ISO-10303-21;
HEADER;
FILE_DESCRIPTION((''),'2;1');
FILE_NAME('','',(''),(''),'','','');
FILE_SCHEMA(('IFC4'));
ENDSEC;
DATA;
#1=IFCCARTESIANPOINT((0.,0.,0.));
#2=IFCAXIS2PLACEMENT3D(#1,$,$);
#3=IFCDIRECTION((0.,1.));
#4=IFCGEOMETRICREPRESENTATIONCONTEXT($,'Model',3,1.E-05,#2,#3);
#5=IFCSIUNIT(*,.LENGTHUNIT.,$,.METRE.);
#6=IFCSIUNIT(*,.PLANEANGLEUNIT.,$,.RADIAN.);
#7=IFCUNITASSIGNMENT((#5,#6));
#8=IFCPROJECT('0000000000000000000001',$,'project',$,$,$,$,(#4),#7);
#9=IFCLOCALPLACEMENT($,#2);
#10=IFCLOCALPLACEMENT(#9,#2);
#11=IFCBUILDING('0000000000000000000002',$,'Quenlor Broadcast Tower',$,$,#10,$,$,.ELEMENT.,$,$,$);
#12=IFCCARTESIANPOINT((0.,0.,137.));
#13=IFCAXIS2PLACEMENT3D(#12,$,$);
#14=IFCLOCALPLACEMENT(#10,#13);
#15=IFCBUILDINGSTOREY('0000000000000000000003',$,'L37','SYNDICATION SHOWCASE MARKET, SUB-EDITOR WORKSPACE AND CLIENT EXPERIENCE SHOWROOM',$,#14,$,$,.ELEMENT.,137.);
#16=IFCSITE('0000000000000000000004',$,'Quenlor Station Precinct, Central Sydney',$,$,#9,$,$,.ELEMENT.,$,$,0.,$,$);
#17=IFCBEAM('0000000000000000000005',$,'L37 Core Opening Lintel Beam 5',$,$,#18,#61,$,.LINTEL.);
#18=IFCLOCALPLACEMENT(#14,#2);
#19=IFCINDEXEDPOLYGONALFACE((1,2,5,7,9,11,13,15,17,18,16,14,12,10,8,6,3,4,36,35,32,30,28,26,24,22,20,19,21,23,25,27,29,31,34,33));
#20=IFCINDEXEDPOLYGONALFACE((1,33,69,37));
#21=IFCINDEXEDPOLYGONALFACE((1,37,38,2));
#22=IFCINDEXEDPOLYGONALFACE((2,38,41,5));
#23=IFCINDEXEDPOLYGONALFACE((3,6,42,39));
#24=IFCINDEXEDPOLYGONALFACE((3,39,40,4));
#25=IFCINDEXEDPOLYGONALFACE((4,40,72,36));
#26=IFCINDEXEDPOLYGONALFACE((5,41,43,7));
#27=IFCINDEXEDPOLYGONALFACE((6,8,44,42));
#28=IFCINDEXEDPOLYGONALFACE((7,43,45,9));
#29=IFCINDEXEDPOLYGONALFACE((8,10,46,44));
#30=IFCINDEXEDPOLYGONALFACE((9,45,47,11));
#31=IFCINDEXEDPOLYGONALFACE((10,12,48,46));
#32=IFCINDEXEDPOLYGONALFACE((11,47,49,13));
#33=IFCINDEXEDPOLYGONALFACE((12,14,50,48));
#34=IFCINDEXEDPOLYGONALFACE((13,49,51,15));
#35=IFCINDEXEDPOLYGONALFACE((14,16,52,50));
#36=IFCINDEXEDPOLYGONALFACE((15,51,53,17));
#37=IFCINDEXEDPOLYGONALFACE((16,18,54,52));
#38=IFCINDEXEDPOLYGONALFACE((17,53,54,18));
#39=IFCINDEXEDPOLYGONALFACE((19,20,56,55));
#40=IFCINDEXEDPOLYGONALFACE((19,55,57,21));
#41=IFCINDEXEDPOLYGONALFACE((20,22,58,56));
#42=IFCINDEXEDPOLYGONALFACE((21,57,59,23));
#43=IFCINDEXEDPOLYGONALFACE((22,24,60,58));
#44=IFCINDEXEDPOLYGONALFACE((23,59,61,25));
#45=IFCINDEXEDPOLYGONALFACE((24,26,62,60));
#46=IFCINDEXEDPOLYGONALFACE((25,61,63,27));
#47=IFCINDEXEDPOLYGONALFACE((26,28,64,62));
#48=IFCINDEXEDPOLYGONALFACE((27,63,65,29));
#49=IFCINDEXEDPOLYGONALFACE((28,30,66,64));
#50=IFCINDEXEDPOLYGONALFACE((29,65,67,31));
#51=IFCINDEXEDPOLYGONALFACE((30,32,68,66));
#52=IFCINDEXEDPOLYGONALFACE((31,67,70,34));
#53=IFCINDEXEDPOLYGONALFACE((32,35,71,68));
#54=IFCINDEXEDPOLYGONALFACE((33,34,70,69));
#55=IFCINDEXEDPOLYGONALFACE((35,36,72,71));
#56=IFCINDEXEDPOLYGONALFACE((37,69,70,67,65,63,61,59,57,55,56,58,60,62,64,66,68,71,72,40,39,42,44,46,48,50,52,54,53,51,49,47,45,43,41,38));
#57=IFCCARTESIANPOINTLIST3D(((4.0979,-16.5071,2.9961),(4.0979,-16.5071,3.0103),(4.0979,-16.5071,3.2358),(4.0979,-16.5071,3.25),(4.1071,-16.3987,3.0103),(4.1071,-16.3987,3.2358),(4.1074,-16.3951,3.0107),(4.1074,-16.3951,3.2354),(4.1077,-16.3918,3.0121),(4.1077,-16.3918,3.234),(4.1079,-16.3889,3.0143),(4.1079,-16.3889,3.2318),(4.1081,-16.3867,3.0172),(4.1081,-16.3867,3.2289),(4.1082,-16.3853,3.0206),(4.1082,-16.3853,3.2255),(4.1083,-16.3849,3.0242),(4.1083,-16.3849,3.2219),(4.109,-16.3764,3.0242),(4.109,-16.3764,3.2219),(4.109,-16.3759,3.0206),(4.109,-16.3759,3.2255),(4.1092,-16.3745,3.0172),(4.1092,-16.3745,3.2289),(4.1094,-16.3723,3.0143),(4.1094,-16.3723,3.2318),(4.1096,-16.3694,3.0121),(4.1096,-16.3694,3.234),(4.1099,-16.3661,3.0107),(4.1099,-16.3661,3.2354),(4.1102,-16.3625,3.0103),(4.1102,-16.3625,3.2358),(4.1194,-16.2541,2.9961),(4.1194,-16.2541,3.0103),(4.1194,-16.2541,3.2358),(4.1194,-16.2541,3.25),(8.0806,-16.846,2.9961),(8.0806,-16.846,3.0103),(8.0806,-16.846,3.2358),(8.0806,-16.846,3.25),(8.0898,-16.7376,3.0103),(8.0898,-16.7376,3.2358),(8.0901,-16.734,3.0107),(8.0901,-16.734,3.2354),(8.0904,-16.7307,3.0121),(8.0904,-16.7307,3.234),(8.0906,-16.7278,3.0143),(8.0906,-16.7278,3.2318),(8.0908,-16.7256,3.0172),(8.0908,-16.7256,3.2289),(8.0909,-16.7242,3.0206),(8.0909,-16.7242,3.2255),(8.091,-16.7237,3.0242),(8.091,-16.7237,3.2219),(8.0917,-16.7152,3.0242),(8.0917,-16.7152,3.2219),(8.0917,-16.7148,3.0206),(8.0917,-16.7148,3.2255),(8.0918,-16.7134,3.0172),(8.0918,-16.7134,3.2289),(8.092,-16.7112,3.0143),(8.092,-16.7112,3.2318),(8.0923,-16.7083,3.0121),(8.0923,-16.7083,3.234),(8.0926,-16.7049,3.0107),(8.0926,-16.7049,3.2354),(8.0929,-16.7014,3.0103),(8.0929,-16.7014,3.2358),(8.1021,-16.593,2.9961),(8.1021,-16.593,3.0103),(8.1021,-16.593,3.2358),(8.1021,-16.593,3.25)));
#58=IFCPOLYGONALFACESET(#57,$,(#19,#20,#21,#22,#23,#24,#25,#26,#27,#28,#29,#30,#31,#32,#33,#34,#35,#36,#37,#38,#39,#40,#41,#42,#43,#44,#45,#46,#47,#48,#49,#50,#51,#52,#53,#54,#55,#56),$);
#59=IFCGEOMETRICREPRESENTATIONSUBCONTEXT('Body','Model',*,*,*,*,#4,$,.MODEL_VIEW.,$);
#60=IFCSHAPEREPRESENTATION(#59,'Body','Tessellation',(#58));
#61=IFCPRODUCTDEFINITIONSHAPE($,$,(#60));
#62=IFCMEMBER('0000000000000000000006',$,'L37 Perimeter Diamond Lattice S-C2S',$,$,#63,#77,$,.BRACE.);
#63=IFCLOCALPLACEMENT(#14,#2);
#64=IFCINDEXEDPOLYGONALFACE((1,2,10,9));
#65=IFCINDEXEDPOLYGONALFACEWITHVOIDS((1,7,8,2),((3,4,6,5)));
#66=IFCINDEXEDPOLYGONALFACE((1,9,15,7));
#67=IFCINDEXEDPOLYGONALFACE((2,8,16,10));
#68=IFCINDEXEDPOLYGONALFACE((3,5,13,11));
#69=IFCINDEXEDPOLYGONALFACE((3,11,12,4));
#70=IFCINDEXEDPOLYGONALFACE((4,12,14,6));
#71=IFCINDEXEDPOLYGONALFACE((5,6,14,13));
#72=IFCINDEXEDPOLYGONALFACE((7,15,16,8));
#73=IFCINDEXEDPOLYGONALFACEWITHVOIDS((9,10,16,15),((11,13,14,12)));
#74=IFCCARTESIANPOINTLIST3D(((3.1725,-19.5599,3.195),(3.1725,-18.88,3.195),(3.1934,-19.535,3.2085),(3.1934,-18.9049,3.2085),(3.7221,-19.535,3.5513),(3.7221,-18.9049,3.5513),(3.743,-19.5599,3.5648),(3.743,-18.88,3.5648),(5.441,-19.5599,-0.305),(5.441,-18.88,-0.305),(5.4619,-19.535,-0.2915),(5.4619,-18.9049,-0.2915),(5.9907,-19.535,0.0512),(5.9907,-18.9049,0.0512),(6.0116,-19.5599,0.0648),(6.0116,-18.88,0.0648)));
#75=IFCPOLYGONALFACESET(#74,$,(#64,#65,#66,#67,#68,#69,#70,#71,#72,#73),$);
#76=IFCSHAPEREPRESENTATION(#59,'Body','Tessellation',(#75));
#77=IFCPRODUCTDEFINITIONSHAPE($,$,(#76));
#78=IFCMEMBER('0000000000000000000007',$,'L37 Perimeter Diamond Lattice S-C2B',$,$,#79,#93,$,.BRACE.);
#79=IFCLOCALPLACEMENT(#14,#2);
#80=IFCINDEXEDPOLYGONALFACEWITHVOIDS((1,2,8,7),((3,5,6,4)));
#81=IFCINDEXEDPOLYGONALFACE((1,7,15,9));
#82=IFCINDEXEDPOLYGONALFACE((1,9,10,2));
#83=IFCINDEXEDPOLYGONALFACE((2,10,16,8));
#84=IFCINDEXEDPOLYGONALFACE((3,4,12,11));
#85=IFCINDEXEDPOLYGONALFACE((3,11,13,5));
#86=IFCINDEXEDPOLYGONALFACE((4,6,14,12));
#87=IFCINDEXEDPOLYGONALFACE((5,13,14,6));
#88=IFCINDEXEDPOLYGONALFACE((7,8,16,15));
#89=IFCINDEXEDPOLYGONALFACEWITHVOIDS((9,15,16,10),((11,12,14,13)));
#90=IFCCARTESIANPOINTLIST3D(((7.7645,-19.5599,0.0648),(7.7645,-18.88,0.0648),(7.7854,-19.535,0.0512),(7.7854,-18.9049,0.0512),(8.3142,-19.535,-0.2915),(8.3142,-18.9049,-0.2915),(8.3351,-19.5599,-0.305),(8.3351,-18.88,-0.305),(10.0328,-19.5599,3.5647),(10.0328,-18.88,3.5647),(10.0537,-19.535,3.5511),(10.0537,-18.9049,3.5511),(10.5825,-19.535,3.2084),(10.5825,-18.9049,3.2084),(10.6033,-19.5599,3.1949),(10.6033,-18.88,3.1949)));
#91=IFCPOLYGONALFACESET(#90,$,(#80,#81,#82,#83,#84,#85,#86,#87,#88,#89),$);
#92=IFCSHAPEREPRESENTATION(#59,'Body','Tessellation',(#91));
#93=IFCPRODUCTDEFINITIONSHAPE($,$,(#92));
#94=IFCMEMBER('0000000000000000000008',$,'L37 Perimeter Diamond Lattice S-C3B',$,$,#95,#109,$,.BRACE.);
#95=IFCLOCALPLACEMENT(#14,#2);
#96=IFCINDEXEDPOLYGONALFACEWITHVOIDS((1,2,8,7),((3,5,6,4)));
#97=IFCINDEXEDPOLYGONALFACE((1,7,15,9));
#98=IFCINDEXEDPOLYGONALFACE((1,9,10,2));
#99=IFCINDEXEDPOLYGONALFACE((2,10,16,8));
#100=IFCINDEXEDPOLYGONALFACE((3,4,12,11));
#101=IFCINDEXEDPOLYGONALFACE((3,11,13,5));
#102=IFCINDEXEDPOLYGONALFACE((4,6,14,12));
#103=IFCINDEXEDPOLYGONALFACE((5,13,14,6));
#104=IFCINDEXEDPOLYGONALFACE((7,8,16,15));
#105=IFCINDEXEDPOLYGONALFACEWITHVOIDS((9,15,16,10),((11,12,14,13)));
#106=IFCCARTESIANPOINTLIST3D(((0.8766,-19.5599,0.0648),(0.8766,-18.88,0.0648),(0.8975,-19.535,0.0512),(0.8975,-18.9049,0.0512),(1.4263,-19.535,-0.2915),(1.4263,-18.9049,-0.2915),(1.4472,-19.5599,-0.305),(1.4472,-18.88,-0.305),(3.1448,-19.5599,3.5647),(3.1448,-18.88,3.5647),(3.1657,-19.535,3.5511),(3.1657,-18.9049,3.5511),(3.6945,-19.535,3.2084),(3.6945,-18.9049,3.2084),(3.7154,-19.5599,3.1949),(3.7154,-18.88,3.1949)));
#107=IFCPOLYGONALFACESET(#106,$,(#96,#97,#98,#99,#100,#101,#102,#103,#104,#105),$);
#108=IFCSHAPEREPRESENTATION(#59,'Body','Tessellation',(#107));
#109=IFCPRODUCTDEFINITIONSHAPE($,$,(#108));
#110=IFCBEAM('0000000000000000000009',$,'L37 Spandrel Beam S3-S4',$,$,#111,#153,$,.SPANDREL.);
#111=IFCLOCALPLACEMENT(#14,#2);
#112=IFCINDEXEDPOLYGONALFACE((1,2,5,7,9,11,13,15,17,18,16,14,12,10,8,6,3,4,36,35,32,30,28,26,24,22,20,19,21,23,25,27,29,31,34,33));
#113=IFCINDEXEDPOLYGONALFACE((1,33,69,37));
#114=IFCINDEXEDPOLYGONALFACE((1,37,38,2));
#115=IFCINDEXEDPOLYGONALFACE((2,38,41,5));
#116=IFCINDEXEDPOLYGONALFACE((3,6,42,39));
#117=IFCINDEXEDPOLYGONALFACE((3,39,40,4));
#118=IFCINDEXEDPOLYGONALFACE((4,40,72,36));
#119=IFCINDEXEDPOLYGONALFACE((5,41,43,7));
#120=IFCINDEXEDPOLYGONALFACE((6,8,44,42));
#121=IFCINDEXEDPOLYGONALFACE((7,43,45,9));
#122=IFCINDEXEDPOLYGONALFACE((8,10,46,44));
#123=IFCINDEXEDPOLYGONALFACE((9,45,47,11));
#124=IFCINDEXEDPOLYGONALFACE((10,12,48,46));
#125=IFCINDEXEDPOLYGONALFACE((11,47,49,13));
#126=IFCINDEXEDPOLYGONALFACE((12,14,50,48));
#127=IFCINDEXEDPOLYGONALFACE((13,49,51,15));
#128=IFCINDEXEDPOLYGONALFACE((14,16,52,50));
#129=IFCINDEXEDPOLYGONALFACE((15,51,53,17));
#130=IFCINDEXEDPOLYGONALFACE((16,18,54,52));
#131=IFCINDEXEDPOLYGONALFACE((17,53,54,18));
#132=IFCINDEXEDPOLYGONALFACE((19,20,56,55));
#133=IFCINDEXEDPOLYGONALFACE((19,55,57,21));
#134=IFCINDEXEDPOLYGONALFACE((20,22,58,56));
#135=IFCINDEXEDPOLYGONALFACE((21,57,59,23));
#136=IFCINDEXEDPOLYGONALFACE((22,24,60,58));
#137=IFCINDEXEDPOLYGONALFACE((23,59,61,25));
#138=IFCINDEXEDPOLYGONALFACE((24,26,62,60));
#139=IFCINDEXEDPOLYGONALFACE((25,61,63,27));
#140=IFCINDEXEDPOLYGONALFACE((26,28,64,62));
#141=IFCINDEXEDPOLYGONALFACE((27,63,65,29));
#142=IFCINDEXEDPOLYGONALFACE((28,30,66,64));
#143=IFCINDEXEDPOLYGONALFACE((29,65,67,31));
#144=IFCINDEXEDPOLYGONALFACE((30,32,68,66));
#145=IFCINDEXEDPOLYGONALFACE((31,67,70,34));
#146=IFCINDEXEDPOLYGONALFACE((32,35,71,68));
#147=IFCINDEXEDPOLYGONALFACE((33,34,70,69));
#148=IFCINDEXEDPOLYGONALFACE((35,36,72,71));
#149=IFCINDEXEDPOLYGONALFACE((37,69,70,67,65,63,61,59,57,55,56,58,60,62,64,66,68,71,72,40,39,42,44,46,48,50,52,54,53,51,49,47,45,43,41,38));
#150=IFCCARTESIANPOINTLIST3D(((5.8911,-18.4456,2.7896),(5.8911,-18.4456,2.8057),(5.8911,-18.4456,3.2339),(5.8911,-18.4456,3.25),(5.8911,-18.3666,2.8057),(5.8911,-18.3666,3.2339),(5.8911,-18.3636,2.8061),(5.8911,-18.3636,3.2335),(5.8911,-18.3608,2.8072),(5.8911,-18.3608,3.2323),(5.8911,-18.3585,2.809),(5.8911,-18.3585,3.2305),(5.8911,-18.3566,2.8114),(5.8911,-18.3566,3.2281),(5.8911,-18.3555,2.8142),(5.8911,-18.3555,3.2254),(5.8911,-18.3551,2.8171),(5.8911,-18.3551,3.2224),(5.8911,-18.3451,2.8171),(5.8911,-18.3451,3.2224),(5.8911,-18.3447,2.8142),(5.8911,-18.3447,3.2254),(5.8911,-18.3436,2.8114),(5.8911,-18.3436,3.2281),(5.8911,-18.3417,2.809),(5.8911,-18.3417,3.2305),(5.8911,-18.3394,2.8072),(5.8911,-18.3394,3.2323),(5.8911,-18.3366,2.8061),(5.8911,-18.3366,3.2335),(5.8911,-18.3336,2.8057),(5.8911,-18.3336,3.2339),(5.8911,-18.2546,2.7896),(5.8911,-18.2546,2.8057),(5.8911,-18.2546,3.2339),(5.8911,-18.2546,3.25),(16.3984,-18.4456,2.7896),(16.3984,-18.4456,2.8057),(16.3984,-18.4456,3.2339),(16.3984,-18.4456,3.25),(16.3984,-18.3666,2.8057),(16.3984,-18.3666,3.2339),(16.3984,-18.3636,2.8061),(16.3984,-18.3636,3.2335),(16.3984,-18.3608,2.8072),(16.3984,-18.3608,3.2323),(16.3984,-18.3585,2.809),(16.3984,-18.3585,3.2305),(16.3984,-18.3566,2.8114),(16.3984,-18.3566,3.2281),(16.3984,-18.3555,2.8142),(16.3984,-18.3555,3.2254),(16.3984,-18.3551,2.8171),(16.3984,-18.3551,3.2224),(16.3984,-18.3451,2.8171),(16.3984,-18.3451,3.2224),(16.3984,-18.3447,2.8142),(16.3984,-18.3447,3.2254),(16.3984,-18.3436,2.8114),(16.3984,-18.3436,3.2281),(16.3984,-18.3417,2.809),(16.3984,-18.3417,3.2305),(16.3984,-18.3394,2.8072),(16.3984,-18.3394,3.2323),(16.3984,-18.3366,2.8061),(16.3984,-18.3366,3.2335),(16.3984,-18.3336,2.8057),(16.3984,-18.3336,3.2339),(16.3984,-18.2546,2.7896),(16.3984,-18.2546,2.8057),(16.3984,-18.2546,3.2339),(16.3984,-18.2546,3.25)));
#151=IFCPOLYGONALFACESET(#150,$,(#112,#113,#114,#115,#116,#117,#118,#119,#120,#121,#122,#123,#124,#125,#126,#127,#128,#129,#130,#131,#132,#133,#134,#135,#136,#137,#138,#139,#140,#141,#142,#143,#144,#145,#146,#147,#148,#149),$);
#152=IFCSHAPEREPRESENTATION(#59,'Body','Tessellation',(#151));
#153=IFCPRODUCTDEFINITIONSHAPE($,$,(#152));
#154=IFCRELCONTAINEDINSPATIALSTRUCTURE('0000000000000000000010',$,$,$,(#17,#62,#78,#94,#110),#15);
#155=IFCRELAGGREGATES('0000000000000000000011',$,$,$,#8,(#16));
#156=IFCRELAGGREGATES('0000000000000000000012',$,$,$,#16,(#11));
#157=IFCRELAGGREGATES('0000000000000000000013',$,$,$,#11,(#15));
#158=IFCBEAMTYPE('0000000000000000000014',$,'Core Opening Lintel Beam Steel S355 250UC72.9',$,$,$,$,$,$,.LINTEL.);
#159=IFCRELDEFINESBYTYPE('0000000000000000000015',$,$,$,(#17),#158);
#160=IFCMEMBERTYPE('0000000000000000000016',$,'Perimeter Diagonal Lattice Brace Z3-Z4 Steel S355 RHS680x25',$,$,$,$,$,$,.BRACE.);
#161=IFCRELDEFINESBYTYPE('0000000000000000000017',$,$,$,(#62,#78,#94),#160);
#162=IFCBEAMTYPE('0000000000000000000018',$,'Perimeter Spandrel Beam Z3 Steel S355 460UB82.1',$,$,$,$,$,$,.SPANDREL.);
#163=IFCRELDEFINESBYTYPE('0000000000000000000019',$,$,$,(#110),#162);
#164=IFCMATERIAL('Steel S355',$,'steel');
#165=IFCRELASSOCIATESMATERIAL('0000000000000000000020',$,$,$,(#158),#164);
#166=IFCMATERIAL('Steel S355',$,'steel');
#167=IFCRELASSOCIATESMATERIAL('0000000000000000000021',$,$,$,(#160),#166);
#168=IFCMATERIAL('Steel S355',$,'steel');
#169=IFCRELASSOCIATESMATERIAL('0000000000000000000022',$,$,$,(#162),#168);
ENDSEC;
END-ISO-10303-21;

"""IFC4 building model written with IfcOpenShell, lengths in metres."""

from ifc_helpers import new_model, si_unit, direction, frame, origin, origin_2d, place, context, subcontext, project, spatial, hollow_rectangle, i_section, extrude, material, material_profile, profile_set, type_object, element, save


model = new_model("IFC4")

# Units and contexts
model_context = context("Model", 3, precision=1e-05, world=origin(), true_north=direction((0.0, 1.0)))
body_context = subcontext(model_context, "Body", "Model", "MODEL_VIEW")
ifc_project = project(units=[si_unit("LENGTHUNIT", "METRE"), si_unit("PLANEANGLEUNIT", "RADIAN")], contexts=[model_context])

# Site, building, storey
site_placement = place(None, origin())
site = spatial("IfcSite", under=ifc_project, at=site_placement, Name="Quenlor Station Precinct, Central Sydney", CompositionType="ELEMENT", RefElevation=0.0)
building_placement = place(site_placement, origin())
building = spatial("IfcBuilding", under=site, at=building_placement, Name="Quenlor Broadcast Tower", CompositionType="ELEMENT")
storey_placement = place(building_placement, frame((0.0, 0.0, 137.0)))
storey = spatial("IfcBuildingStorey", under=building, at=storey_placement, Name="L37", Description="SYNDICATION SHOWCASE MARKET, SUB-EDITOR WORKSPACE AND CLIENT EXPERIENCE SHOWROOM", CompositionType="ELEMENT", Elevation=137.0)

# Beam
ifc_material_1 = material(Name="Steel S355", Category="steel")
ifc_material_profile_1 = material_profile(ifc_material_1, i_section(OverallWidth=0.2539, OverallDepth=0.2539, WebThickness=0.0085, FlangeThickness=0.0142, FilletRadius=0.0139, at=origin_2d()))
ifc_profile_set_1 = profile_set([ifc_material_profile_1], Name="Steel S355 250UC72.9")
beam_type_1 = type_object("IfcBeamType", Name="Core Opening Lintel Beam Steel S355 250UC72.9", PredefinedType="LINTEL", material=ifc_profile_set_1)
beam_1_placement = place(storey_placement, frame((4.1086, -16.3806, 3.123), z_axis=(0.9964, -0.084779, 0.0), x_axis=(0.084779, 0.9964, 0.0)))
element("IfcBeam", 1, at=beam_1_placement, inside=storey, type_object=beam_type_1, Name="L37 Core Opening Lintel Beam 5", PredefinedType="LINTEL", context=body_context, shape_type="SweptSolid", body=[
    extrude(i_section(OverallWidth=0.2539, OverallDepth=0.2539, WebThickness=0.0085, FlangeThickness=0.0142, FilletRadius=0.0139, at=origin_2d()), origin(), (0.0, 0.0, 1.0), 3.9971),
])

# Members
ifc_material_2 = material(Name="Steel S355", Category="steel")
ifc_material_profile_2 = material_profile(ifc_material_2, hollow_rectangle(XDim=0.6799, YDim=0.6799, WallThickness=0.0249, at=origin_2d()))
ifc_profile_set_2 = profile_set([ifc_material_profile_2], Name="Steel S355 RHS680x680x25")
member_type_1 = type_object("IfcMemberType", Name="Perimeter Diagonal Lattice Brace Z3-Z4 Steel S355 RHS680x25", PredefinedType="BRACE", material=ifc_profile_set_2)
member_1_placement = place(storey_placement, frame((5.7263, -19.22, -0.1201), z_axis=(-0.543902, 0.0, 0.839149), x_axis=(0.0, -1.0, 0.0)))
element("IfcMember", 2, at=member_1_placement, inside=storey, type_object=member_type_1, Name="L37 Perimeter Diamond Lattice S-C2S", PredefinedType="BRACE", context=body_context, shape_type="SweptSolid", body=[
    extrude(hollow_rectangle(XDim=0.6799, YDim=0.6799, WallThickness=0.0249, at=origin_2d()), origin(), (0.0, 0.0, 1.0), 4.1709),
])
for number, where, z_axis, x_axis, name in (
    (3, (8.0498, -19.22, -0.1201), (0.54386, 0.0, 0.839176), (0.0, 1.0, 0.0), "L37 Perimeter Diamond Lattice S-C2B"),
    (4, (1.1619, -19.22, -0.1201), (0.54386, 0.0, 0.839176), (0.0, 1.0, 0.0), "L37 Perimeter Diamond Lattice S-C3B"),
):
    element("IfcMember", number, at=place(storey_placement, frame(where, z_axis=z_axis, x_axis=x_axis)), inside=storey, type_object=member_type_1, Name=name, PredefinedType="BRACE", context=body_context, shape_type="SweptSolid", body=[
        extrude(hollow_rectangle(XDim=0.6799, YDim=0.6799, WallThickness=0.0249, at=origin_2d()), origin(), (0.0, 0.0, 1.0), 4.1707),
    ])

# Beam
ifc_material_3 = material(Name="Steel S355", Category="steel")
ifc_material_profile_3 = material_profile(ifc_material_3, i_section(OverallWidth=0.1909, OverallDepth=0.4604, WebThickness=0.01, FlangeThickness=0.0161, FilletRadius=0.0115, at=origin_2d()))
ifc_profile_set_3 = profile_set([ifc_material_profile_3], Name="Steel S355 460UB82.1")
beam_type_2 = type_object("IfcBeamType", Name="Perimeter Spandrel Beam Z3 Steel S355 460UB82.1", PredefinedType="SPANDREL", material=ifc_profile_set_3)
beam_2_placement = place(storey_placement, frame((5.8911, -18.3501, 3.0198), z_axis=(1.0, 0.0, 0.0), x_axis=(0.0, 1.0, 0.0)))
element("IfcBeam", 5, at=beam_2_placement, inside=storey, type_object=beam_type_2, Name="L37 Spandrel Beam S3-S4", PredefinedType="SPANDREL", context=body_context, shape_type="SweptSolid", body=[
    extrude(i_section(OverallWidth=0.1909, OverallDepth=0.4604, WebThickness=0.01, FlangeThickness=0.0161, FilletRadius=0.0115, at=origin_2d()), origin(), (0.0, 0.0, 1.0), 10.5073),
])

save(model, "model.ifc")
